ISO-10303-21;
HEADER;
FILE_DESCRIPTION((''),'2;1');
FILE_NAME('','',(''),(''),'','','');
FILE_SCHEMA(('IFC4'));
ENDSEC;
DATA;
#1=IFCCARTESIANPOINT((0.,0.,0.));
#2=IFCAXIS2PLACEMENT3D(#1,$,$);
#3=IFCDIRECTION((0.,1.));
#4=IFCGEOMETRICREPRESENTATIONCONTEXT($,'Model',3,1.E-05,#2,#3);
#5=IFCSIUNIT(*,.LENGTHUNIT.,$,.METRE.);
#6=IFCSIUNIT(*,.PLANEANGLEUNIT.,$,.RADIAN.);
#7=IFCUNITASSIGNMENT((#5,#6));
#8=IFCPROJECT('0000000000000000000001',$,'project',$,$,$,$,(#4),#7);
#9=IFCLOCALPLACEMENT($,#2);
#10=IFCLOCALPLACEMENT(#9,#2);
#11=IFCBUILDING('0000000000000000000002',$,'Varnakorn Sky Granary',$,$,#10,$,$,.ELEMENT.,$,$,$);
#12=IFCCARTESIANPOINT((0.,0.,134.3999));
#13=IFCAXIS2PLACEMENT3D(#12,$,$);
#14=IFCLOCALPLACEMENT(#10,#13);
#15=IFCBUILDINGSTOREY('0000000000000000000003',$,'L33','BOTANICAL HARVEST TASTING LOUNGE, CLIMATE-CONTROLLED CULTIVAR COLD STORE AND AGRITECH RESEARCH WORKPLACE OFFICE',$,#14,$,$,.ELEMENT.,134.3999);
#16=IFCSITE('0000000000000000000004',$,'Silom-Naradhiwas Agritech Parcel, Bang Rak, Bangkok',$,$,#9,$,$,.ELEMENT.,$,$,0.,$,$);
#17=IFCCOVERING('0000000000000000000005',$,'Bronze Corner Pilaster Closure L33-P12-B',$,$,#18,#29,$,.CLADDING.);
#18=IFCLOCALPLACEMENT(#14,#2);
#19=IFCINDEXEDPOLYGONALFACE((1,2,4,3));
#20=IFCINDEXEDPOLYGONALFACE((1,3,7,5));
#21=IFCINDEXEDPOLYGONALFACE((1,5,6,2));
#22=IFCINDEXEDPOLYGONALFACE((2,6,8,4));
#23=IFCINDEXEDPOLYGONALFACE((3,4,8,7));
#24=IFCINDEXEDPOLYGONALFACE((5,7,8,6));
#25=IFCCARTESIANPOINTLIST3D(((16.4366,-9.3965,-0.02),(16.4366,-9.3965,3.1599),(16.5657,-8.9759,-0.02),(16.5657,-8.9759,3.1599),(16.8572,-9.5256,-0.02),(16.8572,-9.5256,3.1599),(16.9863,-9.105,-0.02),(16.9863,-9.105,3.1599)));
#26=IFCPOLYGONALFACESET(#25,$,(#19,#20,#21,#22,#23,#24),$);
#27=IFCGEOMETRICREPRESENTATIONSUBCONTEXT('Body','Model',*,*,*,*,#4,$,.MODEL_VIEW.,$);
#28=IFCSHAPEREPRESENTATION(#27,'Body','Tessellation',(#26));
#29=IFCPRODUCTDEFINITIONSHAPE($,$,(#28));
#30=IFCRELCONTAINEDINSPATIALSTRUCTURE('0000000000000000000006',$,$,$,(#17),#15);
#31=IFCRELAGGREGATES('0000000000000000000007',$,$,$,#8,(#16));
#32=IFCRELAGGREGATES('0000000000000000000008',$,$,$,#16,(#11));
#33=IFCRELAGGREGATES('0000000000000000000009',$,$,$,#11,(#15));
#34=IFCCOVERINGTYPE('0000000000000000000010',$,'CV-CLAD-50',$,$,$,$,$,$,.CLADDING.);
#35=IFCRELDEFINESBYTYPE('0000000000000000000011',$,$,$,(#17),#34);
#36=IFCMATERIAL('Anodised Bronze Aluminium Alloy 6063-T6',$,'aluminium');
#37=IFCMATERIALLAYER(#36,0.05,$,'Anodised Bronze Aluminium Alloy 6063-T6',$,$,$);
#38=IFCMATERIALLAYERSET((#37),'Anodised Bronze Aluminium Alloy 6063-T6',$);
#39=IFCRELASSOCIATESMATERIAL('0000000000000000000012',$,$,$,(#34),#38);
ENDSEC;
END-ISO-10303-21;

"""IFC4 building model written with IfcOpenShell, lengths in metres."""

from ifc_helpers import new_model, si_unit, direction, frame, origin, origin_2d, place, context, subcontext, project, spatial, rectangle, extrude, source, transform, mapped, material, layer, layer_set, type_object, type_shapes, element, save


model = new_model("IFC4")

# Units and contexts
model_context = context("Model", 3, precision=1e-05, world=origin(), true_north=direction((0.0, 1.0)))
body_context = subcontext(model_context, "Body", "Model", "MODEL_VIEW")
ifc_project = project(units=[si_unit("LENGTHUNIT", "METRE"), si_unit("PLANEANGLEUNIT", "RADIAN")], contexts=[model_context])

# Site, building, storey
site_placement = place(None, origin())
site = spatial("IfcSite", under=ifc_project, at=site_placement, Name="Silom-Naradhiwas Agritech Parcel, Bang Rak, Bangkok", CompositionType="ELEMENT", RefElevation=0.0)
building_placement = place(site_placement, origin())
building = spatial("IfcBuilding", under=site, at=building_placement, Name="Varnakorn Sky Granary", CompositionType="ELEMENT")
storey_placement = place(building_placement, frame((0.0, 0.0, 134.3999)))
storey = spatial("IfcBuildingStorey", under=building, at=storey_placement, Name="L33", Description="BOTANICAL HARVEST TASTING LOUNGE, CLIMATE-CONTROLLED CULTIVAR COLD STORE AND AGRITECH RESEARCH WORKPLACE OFFICE", CompositionType="ELEMENT", Elevation=134.3999)

# Shared definitions
ifc_material_1 = material(Name="Anodised Bronze Aluminium Alloy 6063-T6", Category="aluminium")

# Covering
ifc_layer_1 = layer(ifc_material_1, 0.05, Name="Anodised Bronze Aluminium Alloy 6063-T6")
ifc_layer_set_1 = layer_set([ifc_layer_1], Name="Anodised Bronze Aluminium Alloy 6063-T6")
covering_type = type_object("IfcCoveringType", Name="CV-CLAD-50", PredefinedType="CLADDING", material=ifc_layer_set_1)
shared_shape_1 = source(origin(), body_context, "Body", "SweptSolid", [
    extrude(rectangle(XDim=0.4399, YDim=0.4399, at=origin_2d()), origin(), (0.0, 0.0, 1.0), 3.1799),
])
type_shapes(covering_type, [shared_shape_1])
for number, where, z_axis, x_axis, name in (
    (1, (16.7114, -9.2507, -0.02), (0.0, 0.0, 1.0), (-0.293373, -0.955998, 0.0), "Bronze Corner Pilaster Closure L33-P12-B"),
):
    element("IfcCovering", number, at=place(storey_placement, frame(where, z_axis=z_axis, x_axis=x_axis)), inside=storey, type_object=covering_type, Name=name, PredefinedType="CLADDING", context=body_context, shape_type="MappedRepresentation", body=[
        mapped(shared_shape_1, transform((0.0, 0.0, 0.0), x_axis=(1.0, 0.0, 0.0), y_axis=(0.0, 1.0, 0.0), z_axis=(0.0, 0.0, 1.0), scale=1.0)),
    ])

save(model, "model.ifc")
